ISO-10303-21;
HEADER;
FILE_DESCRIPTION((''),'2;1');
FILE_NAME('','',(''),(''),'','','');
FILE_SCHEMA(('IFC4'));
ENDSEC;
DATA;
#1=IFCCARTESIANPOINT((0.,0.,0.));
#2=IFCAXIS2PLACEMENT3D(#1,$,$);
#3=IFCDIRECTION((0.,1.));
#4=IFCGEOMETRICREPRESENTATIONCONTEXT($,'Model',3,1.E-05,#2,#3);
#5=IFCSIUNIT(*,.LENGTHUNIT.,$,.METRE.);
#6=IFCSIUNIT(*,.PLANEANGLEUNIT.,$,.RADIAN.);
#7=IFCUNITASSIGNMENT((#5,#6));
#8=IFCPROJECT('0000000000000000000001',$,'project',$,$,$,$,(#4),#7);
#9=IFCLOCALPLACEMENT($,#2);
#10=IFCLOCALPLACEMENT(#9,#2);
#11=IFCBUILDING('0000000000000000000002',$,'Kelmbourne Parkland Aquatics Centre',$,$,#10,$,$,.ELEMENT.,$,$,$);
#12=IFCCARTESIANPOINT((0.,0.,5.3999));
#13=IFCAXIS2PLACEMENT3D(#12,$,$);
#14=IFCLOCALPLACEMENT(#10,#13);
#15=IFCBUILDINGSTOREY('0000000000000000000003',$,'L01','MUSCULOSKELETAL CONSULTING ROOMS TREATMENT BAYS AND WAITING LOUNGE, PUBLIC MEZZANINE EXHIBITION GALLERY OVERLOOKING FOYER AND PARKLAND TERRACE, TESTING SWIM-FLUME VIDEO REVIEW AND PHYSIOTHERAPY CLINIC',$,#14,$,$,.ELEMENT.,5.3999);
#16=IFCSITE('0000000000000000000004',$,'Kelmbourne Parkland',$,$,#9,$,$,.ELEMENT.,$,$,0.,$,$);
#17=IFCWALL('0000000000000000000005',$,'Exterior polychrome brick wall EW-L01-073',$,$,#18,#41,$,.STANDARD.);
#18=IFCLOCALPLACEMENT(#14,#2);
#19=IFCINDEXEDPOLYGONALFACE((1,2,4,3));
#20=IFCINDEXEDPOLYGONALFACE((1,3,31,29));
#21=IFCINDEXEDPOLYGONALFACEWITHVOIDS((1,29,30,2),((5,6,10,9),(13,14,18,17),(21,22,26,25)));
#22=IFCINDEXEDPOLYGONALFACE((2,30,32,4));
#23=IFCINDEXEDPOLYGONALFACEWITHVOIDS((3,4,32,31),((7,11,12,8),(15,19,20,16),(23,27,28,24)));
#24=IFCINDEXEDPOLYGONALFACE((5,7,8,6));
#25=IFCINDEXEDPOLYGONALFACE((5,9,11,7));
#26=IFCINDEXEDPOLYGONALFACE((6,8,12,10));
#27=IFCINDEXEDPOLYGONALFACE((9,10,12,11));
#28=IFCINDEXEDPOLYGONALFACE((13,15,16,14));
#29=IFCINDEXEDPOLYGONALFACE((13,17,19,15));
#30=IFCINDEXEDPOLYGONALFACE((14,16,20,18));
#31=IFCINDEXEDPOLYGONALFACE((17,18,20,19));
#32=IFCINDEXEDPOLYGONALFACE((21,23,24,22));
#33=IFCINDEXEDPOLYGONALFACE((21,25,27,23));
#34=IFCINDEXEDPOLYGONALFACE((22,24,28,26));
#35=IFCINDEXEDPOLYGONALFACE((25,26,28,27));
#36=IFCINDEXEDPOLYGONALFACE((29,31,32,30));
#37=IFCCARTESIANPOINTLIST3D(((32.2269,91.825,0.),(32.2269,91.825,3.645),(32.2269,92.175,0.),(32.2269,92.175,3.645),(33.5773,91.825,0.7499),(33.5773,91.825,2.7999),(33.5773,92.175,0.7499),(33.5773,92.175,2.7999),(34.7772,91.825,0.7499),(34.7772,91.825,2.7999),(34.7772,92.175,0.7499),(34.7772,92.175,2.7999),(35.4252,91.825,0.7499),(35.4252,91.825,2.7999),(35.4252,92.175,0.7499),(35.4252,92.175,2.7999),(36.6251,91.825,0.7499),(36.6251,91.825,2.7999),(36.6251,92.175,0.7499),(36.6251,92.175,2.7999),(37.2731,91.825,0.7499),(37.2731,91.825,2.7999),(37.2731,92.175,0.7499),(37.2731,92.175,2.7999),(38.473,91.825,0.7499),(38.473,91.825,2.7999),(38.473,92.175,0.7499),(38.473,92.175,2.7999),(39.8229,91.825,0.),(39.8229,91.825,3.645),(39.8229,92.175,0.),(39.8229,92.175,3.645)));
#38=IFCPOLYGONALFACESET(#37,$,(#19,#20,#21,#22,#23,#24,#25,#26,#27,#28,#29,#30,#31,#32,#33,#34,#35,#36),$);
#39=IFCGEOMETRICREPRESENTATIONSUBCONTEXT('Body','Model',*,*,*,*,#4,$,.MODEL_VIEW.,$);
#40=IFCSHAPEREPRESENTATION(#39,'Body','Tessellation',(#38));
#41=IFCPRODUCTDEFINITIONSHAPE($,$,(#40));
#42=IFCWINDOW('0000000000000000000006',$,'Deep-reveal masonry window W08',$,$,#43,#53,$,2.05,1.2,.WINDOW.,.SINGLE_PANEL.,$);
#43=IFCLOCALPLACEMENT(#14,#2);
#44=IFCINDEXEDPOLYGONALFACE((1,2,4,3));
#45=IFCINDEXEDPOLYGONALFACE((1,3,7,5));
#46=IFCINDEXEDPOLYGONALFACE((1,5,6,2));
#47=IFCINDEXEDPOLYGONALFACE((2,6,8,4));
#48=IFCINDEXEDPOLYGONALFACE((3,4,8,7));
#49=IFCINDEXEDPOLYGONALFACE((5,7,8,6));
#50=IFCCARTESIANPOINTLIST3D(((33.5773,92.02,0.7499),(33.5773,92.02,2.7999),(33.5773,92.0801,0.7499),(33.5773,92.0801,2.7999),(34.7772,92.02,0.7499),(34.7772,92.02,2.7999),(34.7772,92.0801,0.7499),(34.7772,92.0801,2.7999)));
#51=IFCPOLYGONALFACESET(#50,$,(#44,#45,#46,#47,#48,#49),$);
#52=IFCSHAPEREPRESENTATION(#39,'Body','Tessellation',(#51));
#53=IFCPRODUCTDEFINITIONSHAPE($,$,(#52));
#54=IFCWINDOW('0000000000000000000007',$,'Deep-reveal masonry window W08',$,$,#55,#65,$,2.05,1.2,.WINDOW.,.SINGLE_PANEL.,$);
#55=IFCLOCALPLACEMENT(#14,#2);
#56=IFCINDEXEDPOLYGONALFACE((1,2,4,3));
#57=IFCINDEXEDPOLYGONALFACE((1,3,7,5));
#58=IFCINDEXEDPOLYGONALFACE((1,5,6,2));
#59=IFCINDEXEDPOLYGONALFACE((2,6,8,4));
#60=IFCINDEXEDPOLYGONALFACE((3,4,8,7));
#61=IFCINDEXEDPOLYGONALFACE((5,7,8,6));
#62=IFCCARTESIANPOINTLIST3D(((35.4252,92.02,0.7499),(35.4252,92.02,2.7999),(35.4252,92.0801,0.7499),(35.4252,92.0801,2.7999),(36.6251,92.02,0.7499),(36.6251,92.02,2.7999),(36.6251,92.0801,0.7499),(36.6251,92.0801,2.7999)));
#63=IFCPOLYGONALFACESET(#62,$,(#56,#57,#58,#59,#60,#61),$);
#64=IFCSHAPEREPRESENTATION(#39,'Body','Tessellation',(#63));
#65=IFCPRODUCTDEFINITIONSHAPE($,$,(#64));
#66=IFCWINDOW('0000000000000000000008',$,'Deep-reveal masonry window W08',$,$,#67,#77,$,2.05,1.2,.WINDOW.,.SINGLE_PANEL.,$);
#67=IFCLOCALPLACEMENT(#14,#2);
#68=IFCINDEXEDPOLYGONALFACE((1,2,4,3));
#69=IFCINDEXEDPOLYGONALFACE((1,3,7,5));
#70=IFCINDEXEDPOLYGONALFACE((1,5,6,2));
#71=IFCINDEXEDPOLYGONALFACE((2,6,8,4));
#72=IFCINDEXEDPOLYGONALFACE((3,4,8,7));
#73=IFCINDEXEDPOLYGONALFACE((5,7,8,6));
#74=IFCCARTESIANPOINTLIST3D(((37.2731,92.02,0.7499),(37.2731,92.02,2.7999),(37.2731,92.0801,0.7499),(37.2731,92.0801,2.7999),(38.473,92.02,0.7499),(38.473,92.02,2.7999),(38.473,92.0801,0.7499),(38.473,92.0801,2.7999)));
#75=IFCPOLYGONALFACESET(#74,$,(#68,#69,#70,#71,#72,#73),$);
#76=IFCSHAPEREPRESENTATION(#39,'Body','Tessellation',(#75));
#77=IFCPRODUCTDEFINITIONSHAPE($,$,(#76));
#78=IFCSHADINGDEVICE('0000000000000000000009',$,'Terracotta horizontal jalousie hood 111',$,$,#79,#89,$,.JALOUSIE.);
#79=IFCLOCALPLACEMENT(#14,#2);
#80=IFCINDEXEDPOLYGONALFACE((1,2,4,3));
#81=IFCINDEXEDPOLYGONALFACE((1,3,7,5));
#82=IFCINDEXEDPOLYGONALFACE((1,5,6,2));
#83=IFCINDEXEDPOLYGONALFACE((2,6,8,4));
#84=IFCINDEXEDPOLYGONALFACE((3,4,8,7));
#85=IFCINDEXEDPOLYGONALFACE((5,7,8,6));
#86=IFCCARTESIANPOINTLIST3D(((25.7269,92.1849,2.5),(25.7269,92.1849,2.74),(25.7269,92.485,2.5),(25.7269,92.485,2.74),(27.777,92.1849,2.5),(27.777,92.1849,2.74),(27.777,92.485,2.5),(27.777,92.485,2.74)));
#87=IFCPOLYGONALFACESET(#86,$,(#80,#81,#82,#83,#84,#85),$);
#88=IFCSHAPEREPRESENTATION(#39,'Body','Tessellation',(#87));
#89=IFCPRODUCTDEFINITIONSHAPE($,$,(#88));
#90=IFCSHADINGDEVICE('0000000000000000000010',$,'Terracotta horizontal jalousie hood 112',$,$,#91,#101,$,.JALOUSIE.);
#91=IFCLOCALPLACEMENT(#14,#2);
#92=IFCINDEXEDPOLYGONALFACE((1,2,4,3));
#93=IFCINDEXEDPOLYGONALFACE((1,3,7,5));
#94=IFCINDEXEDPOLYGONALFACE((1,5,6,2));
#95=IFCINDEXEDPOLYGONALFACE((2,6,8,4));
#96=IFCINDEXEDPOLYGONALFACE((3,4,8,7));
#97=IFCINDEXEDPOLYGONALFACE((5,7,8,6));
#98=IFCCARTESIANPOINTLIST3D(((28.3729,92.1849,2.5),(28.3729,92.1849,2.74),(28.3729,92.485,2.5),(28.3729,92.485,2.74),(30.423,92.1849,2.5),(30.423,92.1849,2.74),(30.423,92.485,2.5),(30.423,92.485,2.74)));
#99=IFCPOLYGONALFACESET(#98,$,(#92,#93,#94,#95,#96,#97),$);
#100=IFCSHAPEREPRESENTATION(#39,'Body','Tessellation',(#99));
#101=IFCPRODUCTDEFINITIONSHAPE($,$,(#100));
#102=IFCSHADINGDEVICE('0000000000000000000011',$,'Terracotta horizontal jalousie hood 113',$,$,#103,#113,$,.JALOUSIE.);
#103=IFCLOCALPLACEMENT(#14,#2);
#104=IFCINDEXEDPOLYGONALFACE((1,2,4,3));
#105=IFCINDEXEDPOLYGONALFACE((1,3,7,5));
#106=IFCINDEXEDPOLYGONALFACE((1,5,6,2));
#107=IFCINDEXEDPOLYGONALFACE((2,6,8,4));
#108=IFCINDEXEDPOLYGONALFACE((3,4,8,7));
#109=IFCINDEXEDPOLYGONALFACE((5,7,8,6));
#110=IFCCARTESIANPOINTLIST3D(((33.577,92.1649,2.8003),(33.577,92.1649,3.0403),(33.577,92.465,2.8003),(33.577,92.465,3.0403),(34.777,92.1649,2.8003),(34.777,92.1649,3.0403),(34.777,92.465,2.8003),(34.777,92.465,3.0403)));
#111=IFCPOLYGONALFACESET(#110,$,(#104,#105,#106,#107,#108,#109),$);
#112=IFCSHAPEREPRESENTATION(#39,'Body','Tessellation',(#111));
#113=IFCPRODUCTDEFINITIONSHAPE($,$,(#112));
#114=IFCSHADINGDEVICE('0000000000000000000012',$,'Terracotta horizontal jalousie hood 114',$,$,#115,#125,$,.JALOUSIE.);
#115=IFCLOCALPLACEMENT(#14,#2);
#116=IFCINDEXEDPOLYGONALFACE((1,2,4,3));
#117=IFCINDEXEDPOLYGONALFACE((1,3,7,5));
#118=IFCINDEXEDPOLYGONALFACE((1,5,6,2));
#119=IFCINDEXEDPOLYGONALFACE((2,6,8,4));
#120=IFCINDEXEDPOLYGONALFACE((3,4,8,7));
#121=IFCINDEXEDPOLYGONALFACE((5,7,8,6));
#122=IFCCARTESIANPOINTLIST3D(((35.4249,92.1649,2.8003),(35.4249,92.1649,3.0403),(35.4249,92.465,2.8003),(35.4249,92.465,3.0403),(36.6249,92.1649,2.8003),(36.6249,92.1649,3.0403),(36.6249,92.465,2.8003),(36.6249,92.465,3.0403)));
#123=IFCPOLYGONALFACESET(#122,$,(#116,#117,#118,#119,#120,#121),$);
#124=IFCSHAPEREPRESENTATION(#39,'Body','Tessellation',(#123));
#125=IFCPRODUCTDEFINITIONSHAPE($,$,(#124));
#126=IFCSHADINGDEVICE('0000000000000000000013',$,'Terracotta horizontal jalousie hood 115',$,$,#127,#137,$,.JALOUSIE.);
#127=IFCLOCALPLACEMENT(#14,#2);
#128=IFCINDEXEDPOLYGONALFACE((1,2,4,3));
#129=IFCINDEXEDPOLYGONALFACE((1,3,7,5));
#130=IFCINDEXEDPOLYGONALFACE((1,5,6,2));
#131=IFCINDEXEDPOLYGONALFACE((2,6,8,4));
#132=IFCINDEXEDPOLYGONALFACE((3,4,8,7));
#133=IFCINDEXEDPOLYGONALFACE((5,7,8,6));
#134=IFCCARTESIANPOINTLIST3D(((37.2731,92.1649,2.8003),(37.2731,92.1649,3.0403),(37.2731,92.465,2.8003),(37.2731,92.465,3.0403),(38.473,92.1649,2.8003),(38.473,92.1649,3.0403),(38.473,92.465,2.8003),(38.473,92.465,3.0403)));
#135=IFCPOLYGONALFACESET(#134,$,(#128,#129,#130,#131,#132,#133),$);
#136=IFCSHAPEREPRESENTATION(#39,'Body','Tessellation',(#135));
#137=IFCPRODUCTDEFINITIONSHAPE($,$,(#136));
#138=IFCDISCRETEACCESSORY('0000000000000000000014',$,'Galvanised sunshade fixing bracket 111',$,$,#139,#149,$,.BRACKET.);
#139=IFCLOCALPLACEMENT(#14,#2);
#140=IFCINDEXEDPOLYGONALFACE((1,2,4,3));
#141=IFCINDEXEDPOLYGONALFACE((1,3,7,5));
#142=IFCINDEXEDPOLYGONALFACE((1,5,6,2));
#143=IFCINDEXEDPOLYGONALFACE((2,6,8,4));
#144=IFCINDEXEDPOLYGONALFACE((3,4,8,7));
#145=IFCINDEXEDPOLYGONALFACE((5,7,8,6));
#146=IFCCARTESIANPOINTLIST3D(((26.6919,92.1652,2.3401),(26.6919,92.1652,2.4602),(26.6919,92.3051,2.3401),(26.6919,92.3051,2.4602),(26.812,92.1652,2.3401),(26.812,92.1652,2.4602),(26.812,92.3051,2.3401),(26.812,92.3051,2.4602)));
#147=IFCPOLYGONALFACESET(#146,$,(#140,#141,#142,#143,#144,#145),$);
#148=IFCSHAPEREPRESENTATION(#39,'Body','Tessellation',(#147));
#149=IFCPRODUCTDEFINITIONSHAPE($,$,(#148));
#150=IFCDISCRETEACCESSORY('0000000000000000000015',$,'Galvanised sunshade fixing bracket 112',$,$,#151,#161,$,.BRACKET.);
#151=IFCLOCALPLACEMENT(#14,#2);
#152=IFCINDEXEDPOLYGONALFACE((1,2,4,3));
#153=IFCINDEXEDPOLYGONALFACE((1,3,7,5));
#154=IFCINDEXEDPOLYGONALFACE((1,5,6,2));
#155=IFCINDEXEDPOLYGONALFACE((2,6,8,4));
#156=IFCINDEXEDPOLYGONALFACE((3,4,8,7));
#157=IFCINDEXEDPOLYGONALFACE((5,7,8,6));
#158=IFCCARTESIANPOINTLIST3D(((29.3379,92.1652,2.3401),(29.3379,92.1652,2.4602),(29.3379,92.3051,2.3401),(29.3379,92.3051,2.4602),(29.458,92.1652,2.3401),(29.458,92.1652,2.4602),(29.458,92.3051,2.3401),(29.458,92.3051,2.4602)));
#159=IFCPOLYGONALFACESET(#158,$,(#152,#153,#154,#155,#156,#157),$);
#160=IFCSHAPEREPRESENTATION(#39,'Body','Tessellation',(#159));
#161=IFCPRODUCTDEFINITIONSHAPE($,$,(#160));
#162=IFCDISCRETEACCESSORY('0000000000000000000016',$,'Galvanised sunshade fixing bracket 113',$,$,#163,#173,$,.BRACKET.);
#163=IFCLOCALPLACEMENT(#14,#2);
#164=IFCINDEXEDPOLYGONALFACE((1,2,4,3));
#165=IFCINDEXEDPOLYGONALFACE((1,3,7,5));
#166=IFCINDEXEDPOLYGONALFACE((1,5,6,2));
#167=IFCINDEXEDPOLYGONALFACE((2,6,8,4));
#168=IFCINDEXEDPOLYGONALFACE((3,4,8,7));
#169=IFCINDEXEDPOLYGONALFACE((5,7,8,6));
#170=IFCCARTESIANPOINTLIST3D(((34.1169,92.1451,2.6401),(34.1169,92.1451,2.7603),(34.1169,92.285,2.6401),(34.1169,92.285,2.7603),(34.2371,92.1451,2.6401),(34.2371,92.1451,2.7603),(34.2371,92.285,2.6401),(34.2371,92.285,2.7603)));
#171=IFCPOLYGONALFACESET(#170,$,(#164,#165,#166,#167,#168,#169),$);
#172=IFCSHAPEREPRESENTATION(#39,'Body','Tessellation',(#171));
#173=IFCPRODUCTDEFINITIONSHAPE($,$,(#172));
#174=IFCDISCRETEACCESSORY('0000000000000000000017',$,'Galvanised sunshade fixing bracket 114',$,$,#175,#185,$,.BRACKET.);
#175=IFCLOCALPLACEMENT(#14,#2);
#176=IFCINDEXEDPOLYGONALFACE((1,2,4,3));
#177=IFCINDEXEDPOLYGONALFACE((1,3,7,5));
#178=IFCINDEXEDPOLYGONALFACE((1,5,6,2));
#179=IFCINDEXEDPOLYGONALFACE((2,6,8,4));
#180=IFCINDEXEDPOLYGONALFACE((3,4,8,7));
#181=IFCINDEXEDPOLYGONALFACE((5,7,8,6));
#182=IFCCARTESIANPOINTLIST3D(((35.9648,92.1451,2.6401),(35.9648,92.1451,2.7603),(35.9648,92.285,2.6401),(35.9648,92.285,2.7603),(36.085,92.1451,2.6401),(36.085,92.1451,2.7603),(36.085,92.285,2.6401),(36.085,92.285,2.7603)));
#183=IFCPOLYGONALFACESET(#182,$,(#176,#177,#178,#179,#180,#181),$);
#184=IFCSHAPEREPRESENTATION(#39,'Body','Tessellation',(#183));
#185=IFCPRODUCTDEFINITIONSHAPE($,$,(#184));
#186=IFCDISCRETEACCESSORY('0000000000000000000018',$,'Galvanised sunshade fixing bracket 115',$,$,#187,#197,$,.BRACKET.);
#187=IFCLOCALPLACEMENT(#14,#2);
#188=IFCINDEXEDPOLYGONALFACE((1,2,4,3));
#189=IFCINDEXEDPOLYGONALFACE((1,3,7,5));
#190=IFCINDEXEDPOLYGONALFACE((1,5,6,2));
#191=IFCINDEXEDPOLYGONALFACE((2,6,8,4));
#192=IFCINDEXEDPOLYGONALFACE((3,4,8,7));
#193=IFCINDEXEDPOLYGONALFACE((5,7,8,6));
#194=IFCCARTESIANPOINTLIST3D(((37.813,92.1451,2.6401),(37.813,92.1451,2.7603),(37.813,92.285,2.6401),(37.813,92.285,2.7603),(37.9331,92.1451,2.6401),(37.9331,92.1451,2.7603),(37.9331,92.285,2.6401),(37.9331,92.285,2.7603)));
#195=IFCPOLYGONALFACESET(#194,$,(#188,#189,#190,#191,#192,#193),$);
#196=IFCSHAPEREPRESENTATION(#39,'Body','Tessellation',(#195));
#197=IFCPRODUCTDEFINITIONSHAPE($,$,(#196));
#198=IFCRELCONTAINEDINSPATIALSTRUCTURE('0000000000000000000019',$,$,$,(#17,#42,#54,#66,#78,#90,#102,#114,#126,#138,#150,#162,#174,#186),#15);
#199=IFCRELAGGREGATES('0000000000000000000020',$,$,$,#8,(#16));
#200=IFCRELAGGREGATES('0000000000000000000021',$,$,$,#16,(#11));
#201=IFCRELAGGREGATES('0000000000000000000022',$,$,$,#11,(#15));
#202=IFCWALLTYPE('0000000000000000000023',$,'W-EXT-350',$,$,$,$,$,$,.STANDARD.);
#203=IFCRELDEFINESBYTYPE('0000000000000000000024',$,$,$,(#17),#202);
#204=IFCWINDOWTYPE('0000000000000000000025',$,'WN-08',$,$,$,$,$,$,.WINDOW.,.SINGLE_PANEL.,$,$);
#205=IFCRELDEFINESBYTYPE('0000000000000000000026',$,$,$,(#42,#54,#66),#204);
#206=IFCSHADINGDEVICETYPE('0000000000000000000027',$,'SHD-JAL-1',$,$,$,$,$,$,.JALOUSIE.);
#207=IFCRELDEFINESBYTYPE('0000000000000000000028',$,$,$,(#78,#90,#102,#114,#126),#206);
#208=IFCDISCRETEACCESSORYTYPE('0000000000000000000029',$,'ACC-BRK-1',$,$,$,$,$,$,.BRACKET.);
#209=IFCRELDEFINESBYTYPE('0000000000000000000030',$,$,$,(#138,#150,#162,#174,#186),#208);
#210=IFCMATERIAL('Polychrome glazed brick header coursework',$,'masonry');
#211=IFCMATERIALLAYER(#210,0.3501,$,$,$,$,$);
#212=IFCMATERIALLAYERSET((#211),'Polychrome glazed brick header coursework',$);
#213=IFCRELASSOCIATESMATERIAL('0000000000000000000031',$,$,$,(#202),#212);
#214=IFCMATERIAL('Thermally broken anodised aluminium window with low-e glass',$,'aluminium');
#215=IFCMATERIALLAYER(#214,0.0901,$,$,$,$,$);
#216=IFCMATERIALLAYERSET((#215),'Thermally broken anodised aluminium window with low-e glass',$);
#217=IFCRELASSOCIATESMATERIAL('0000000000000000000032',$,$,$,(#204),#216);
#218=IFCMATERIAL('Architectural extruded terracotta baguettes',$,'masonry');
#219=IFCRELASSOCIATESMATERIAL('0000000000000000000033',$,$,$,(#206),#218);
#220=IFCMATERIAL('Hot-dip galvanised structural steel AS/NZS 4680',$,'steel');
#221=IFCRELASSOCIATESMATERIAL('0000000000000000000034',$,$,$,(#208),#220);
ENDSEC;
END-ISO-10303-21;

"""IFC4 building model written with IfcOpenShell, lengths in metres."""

from ifc_helpers import new_model, si_unit, direction, frame, frame_2d, origin, origin_2d, place, context, subcontext, project, spatial, rectangle, extrude, material, layer, layer_set, type_object, element, fill, save


model = new_model("IFC4")

# Units and contexts
model_context = context("Model", 3, precision=1e-05, world=origin(), true_north=direction((0.0, 1.0)))
body_context = subcontext(model_context, "Body", "Model", "MODEL_VIEW")
ifc_project = project(units=[si_unit("LENGTHUNIT", "METRE"), si_unit("PLANEANGLEUNIT", "RADIAN")], contexts=[model_context])

# Site, building, storey
site_placement = place(None, origin())
site = spatial("IfcSite", under=ifc_project, at=site_placement, Name="Kelmbourne Parkland", CompositionType="ELEMENT", RefElevation=0.0)
building_placement = place(site_placement, origin())
building = spatial("IfcBuilding", under=site, at=building_placement, Name="Kelmbourne Parkland Aquatics Centre", CompositionType="ELEMENT")
storey_placement = place(building_placement, frame((0.0, 0.0, 5.3999)))
storey = spatial("IfcBuildingStorey", under=building, at=storey_placement, Name="L01", Description="MUSCULOSKELETAL CONSULTING ROOMS TREATMENT BAYS AND WAITING LOUNGE, PUBLIC MEZZANINE EXHIBITION GALLERY OVERLOOKING FOYER AND PARKLAND TERRACE, TESTING SWIM-FLUME VIDEO REVIEW AND PHYSIOTHERAPY CLINIC", CompositionType="ELEMENT", Elevation=5.3999)

# Wall, openings, windows
ifc_material_1 = material(Name="Polychrome glazed brick header coursework", Category="masonry")
ifc_layer_1 = layer(ifc_material_1, 0.3501)
ifc_layer_set_1 = layer_set([ifc_layer_1], Name="Polychrome glazed brick header coursework")
wall_type = type_object("IfcWallType", Name="W-EXT-350", PredefinedType="STANDARD", material=ifc_layer_set_1)
wall_placement = place(storey_placement, frame((32.2271, 92.0, 0.0), z_axis=(0.0, 0.0, 1.0), x_axis=(1.0, 0.0, 0.0)))
wall = element("IfcWall", 1, at=wall_placement, inside=storey, type_object=wall_type, Name="Exterior polychrome brick wall EW-L01-073", PredefinedType="STANDARD", context=body_context, shape_type="SweptSolid", body=[
    extrude(rectangle(XDim=7.5959, YDim=0.3501, at=frame_2d((3.7979, 0.0))), origin(), (0.0, 0.0, 1.0), 3.645),
])
opening_1_placement = place(wall_placement, frame((1.3501, 0.0, 0.75)))
opening_1 = element("IfcOpeningElement", 2, at=opening_1_placement, cuts=wall, PredefinedType="OPENING", context=body_context, shape_type="SweptSolid", body=[
    extrude(rectangle(XDim=1.2, YDim=2.05, at=frame_2d((0.6001, 1.0249))), frame((0.0, 0.187, 0.0), z_axis=(0.0, -1.0, 0.0), x_axis=(1.0, 0.0, 0.0)), (0.0, 0.0, 1.0), 0.374),
])
opening_2_placement = place(wall_placement, frame((3.198, 0.0, 0.75)))
opening_2 = element("IfcOpeningElement", 3, at=opening_2_placement, cuts=wall, PredefinedType="OPENING", context=body_context, shape_type="SweptSolid", body=[
    extrude(rectangle(XDim=1.2, YDim=2.05, at=frame_2d((0.6001, 1.0249))), frame((0.0, 0.187, 0.0), z_axis=(0.0, -1.0, 0.0), x_axis=(1.0, 0.0, 0.0)), (0.0, 0.0, 1.0), 0.374),
])
opening_3_placement = place(wall_placement, frame((5.0459, 0.0, 0.75)))
opening_3 = element("IfcOpeningElement", 4, at=opening_3_placement, cuts=wall, PredefinedType="OPENING", context=body_context, shape_type="SweptSolid", body=[
    extrude(rectangle(XDim=1.2, YDim=2.05, at=frame_2d((0.6001, 1.0249))), frame((0.0, 0.187, 0.0), z_axis=(0.0, -1.0, 0.0), x_axis=(1.0, 0.0, 0.0)), (0.0, 0.0, 1.0), 0.374),
])
ifc_material_2 = material(Name="Thermally broken anodised aluminium window with low-e glass", Category="aluminium")
ifc_layer_2 = layer(ifc_material_2, 0.0901)
ifc_layer_set_2 = layer_set([ifc_layer_2], Name="Thermally broken anodised aluminium window with low-e glass")
window_type = type_object("IfcWindowType", Name="WN-08", PartitioningType="SINGLE_PANEL", PredefinedType="WINDOW", material=ifc_layer_set_2)
window_1_placement = place(opening_1_placement, origin())
window_1 = element("IfcWindow", 5, at=window_1_placement, inside=storey, type_object=window_type, Name="Deep-reveal masonry window W08", OverallHeight=2.05, OverallWidth=1.2, PartitioningType="SINGLE_PANEL", PredefinedType="WINDOW", context=body_context, shape_type="SweptSolid", body=[
    extrude(rectangle(XDim=1.2, YDim=2.05, at=frame_2d((0.6001, 1.0249))), frame((0.0, 0.0801, 0.0), z_axis=(0.0, -1.0, 0.0), x_axis=(1.0, 0.0, 0.0)), (0.0, 0.0, 1.0), 0.0601),
])
fill(opening_1, window_1)
window_2_placement = place(opening_2_placement, origin())
window_2 = element("IfcWindow", 6, at=window_2_placement, inside=storey, type_object=window_type, Name="Deep-reveal masonry window W08", OverallHeight=2.05, OverallWidth=1.2, PartitioningType="SINGLE_PANEL", PredefinedType="WINDOW", context=body_context, shape_type="SweptSolid", body=[
    extrude(rectangle(XDim=1.2, YDim=2.05, at=frame_2d((0.6001, 1.0249))), frame((0.0, 0.0801, 0.0), z_axis=(0.0, -1.0, 0.0), x_axis=(1.0, 0.0, 0.0)), (0.0, 0.0, 1.0), 0.0601),
])
fill(opening_2, window_2)
window_3_placement = place(opening_3_placement, origin())
window_3 = element("IfcWindow", 7, at=window_3_placement, inside=storey, type_object=window_type, Name="Deep-reveal masonry window W08", OverallHeight=2.05, OverallWidth=1.2, PartitioningType="SINGLE_PANEL", PredefinedType="WINDOW", context=body_context, shape_type="SweptSolid", body=[
    extrude(rectangle(XDim=1.2, YDim=2.05, at=frame_2d((0.6001, 1.0249))), frame((0.0, 0.0801, 0.0), z_axis=(0.0, -1.0, 0.0), x_axis=(1.0, 0.0, 0.0)), (0.0, 0.0, 1.0), 0.0601),
])
fill(opening_3, window_3)

# Shading devices
ifc_material_3 = material(Name="Architectural extruded terracotta baguettes", Category="masonry")
shading_device_type = type_object("IfcShadingDeviceType", Name="SHD-JAL-1", PredefinedType="JALOUSIE", material=ifc_material_3)
for number, where, z_axis, x_axis, name in (
    (8, (26.752, 92.335, 2.5), (0.0, 0.0, 1.0), (1.0, 0.0, 0.0), "Terracotta horizontal jalousie hood 111"),
    (9, (29.3979, 92.335, 2.5), (0.0, 0.0, 1.0), (1.0, 0.0, 0.0), "Terracotta horizontal jalousie hood 112"),
):
    element("IfcShadingDevice", number, at=place(storey_placement, frame(where, z_axis=z_axis, x_axis=x_axis)), inside=storey, type_object=shading_device_type, Name=name, PredefinedType="JALOUSIE", context=body_context, shape_type="SweptSolid", body=[
        extrude(rectangle(XDim=2.05, YDim=0.3, at=origin_2d()), origin(), (0.0, 0.0, 1.0), 0.24),
    ])
for number, where, z_axis, x_axis, name in (
    (10, (34.177, 92.3149, 2.8003), (0.0, 0.0, 1.0), (1.0, 0.0, 0.0), "Terracotta horizontal jalousie hood 113"),
    (11, (36.0249, 92.3149, 2.8003), (0.0, 0.0, 1.0), (1.0, 0.0, 0.0), "Terracotta horizontal jalousie hood 114"),
    (12, (37.873, 92.3149, 2.8003), (0.0, 0.0, 1.0), (1.0, 0.0, 0.0), "Terracotta horizontal jalousie hood 115"),
):
    element("IfcShadingDevice", number, at=place(storey_placement, frame(where, z_axis=z_axis, x_axis=x_axis)), inside=storey, type_object=shading_device_type, Name=name, PredefinedType="JALOUSIE", context=body_context, shape_type="SweptSolid", body=[
        extrude(rectangle(XDim=1.2, YDim=0.3, at=origin_2d()), origin(), (0.0, 0.0, 1.0), 0.24),
    ])

# Discrete accessories
ifc_material_4 = material(Name="Hot-dip galvanised structural steel AS/NZS 4680", Category="steel")
discrete_accessory_type = type_object("IfcDiscreteAccessoryType", Name="ACC-BRK-1", PredefinedType="BRACKET", material=ifc_material_4)
for number, where, z_axis, x_axis, name in (
    (13, (26.752, 92.2351, 2.3401), (0.0, 0.0, 1.0), (1.0, 0.0, 0.0), "Galvanised sunshade fixing bracket 111"),
    (14, (29.3979, 92.2351, 2.3401), (0.0, 0.0, 1.0), (1.0, 0.0, 0.0), "Galvanised sunshade fixing bracket 112"),
    (15, (34.177, 92.2151, 2.6401), (0.0, 0.0, 1.0), (1.0, 0.0, 0.0), "Galvanised sunshade fixing bracket 113"),
    (16, (36.0249, 92.2151, 2.6401), (0.0, 0.0, 1.0), (1.0, 0.0, 0.0), "Galvanised sunshade fixing bracket 114"),
    (17, (37.873, 92.2151, 2.6401), (0.0, 0.0, 1.0), (1.0, 0.0, 0.0), "Galvanised sunshade fixing bracket 115"),
):
    element("IfcDiscreteAccessory", number, at=place(storey_placement, frame(where, z_axis=z_axis, x_axis=x_axis)), inside=storey, type_object=discrete_accessory_type, Name=name, PredefinedType="BRACKET", context=body_context, shape_type="SweptSolid", body=[
        extrude(rectangle(XDim=0.1201, YDim=0.1399, at=origin_2d()), origin(), (0.0, 0.0, 1.0), 0.1201),
    ])

save(model, "model.ifc")
